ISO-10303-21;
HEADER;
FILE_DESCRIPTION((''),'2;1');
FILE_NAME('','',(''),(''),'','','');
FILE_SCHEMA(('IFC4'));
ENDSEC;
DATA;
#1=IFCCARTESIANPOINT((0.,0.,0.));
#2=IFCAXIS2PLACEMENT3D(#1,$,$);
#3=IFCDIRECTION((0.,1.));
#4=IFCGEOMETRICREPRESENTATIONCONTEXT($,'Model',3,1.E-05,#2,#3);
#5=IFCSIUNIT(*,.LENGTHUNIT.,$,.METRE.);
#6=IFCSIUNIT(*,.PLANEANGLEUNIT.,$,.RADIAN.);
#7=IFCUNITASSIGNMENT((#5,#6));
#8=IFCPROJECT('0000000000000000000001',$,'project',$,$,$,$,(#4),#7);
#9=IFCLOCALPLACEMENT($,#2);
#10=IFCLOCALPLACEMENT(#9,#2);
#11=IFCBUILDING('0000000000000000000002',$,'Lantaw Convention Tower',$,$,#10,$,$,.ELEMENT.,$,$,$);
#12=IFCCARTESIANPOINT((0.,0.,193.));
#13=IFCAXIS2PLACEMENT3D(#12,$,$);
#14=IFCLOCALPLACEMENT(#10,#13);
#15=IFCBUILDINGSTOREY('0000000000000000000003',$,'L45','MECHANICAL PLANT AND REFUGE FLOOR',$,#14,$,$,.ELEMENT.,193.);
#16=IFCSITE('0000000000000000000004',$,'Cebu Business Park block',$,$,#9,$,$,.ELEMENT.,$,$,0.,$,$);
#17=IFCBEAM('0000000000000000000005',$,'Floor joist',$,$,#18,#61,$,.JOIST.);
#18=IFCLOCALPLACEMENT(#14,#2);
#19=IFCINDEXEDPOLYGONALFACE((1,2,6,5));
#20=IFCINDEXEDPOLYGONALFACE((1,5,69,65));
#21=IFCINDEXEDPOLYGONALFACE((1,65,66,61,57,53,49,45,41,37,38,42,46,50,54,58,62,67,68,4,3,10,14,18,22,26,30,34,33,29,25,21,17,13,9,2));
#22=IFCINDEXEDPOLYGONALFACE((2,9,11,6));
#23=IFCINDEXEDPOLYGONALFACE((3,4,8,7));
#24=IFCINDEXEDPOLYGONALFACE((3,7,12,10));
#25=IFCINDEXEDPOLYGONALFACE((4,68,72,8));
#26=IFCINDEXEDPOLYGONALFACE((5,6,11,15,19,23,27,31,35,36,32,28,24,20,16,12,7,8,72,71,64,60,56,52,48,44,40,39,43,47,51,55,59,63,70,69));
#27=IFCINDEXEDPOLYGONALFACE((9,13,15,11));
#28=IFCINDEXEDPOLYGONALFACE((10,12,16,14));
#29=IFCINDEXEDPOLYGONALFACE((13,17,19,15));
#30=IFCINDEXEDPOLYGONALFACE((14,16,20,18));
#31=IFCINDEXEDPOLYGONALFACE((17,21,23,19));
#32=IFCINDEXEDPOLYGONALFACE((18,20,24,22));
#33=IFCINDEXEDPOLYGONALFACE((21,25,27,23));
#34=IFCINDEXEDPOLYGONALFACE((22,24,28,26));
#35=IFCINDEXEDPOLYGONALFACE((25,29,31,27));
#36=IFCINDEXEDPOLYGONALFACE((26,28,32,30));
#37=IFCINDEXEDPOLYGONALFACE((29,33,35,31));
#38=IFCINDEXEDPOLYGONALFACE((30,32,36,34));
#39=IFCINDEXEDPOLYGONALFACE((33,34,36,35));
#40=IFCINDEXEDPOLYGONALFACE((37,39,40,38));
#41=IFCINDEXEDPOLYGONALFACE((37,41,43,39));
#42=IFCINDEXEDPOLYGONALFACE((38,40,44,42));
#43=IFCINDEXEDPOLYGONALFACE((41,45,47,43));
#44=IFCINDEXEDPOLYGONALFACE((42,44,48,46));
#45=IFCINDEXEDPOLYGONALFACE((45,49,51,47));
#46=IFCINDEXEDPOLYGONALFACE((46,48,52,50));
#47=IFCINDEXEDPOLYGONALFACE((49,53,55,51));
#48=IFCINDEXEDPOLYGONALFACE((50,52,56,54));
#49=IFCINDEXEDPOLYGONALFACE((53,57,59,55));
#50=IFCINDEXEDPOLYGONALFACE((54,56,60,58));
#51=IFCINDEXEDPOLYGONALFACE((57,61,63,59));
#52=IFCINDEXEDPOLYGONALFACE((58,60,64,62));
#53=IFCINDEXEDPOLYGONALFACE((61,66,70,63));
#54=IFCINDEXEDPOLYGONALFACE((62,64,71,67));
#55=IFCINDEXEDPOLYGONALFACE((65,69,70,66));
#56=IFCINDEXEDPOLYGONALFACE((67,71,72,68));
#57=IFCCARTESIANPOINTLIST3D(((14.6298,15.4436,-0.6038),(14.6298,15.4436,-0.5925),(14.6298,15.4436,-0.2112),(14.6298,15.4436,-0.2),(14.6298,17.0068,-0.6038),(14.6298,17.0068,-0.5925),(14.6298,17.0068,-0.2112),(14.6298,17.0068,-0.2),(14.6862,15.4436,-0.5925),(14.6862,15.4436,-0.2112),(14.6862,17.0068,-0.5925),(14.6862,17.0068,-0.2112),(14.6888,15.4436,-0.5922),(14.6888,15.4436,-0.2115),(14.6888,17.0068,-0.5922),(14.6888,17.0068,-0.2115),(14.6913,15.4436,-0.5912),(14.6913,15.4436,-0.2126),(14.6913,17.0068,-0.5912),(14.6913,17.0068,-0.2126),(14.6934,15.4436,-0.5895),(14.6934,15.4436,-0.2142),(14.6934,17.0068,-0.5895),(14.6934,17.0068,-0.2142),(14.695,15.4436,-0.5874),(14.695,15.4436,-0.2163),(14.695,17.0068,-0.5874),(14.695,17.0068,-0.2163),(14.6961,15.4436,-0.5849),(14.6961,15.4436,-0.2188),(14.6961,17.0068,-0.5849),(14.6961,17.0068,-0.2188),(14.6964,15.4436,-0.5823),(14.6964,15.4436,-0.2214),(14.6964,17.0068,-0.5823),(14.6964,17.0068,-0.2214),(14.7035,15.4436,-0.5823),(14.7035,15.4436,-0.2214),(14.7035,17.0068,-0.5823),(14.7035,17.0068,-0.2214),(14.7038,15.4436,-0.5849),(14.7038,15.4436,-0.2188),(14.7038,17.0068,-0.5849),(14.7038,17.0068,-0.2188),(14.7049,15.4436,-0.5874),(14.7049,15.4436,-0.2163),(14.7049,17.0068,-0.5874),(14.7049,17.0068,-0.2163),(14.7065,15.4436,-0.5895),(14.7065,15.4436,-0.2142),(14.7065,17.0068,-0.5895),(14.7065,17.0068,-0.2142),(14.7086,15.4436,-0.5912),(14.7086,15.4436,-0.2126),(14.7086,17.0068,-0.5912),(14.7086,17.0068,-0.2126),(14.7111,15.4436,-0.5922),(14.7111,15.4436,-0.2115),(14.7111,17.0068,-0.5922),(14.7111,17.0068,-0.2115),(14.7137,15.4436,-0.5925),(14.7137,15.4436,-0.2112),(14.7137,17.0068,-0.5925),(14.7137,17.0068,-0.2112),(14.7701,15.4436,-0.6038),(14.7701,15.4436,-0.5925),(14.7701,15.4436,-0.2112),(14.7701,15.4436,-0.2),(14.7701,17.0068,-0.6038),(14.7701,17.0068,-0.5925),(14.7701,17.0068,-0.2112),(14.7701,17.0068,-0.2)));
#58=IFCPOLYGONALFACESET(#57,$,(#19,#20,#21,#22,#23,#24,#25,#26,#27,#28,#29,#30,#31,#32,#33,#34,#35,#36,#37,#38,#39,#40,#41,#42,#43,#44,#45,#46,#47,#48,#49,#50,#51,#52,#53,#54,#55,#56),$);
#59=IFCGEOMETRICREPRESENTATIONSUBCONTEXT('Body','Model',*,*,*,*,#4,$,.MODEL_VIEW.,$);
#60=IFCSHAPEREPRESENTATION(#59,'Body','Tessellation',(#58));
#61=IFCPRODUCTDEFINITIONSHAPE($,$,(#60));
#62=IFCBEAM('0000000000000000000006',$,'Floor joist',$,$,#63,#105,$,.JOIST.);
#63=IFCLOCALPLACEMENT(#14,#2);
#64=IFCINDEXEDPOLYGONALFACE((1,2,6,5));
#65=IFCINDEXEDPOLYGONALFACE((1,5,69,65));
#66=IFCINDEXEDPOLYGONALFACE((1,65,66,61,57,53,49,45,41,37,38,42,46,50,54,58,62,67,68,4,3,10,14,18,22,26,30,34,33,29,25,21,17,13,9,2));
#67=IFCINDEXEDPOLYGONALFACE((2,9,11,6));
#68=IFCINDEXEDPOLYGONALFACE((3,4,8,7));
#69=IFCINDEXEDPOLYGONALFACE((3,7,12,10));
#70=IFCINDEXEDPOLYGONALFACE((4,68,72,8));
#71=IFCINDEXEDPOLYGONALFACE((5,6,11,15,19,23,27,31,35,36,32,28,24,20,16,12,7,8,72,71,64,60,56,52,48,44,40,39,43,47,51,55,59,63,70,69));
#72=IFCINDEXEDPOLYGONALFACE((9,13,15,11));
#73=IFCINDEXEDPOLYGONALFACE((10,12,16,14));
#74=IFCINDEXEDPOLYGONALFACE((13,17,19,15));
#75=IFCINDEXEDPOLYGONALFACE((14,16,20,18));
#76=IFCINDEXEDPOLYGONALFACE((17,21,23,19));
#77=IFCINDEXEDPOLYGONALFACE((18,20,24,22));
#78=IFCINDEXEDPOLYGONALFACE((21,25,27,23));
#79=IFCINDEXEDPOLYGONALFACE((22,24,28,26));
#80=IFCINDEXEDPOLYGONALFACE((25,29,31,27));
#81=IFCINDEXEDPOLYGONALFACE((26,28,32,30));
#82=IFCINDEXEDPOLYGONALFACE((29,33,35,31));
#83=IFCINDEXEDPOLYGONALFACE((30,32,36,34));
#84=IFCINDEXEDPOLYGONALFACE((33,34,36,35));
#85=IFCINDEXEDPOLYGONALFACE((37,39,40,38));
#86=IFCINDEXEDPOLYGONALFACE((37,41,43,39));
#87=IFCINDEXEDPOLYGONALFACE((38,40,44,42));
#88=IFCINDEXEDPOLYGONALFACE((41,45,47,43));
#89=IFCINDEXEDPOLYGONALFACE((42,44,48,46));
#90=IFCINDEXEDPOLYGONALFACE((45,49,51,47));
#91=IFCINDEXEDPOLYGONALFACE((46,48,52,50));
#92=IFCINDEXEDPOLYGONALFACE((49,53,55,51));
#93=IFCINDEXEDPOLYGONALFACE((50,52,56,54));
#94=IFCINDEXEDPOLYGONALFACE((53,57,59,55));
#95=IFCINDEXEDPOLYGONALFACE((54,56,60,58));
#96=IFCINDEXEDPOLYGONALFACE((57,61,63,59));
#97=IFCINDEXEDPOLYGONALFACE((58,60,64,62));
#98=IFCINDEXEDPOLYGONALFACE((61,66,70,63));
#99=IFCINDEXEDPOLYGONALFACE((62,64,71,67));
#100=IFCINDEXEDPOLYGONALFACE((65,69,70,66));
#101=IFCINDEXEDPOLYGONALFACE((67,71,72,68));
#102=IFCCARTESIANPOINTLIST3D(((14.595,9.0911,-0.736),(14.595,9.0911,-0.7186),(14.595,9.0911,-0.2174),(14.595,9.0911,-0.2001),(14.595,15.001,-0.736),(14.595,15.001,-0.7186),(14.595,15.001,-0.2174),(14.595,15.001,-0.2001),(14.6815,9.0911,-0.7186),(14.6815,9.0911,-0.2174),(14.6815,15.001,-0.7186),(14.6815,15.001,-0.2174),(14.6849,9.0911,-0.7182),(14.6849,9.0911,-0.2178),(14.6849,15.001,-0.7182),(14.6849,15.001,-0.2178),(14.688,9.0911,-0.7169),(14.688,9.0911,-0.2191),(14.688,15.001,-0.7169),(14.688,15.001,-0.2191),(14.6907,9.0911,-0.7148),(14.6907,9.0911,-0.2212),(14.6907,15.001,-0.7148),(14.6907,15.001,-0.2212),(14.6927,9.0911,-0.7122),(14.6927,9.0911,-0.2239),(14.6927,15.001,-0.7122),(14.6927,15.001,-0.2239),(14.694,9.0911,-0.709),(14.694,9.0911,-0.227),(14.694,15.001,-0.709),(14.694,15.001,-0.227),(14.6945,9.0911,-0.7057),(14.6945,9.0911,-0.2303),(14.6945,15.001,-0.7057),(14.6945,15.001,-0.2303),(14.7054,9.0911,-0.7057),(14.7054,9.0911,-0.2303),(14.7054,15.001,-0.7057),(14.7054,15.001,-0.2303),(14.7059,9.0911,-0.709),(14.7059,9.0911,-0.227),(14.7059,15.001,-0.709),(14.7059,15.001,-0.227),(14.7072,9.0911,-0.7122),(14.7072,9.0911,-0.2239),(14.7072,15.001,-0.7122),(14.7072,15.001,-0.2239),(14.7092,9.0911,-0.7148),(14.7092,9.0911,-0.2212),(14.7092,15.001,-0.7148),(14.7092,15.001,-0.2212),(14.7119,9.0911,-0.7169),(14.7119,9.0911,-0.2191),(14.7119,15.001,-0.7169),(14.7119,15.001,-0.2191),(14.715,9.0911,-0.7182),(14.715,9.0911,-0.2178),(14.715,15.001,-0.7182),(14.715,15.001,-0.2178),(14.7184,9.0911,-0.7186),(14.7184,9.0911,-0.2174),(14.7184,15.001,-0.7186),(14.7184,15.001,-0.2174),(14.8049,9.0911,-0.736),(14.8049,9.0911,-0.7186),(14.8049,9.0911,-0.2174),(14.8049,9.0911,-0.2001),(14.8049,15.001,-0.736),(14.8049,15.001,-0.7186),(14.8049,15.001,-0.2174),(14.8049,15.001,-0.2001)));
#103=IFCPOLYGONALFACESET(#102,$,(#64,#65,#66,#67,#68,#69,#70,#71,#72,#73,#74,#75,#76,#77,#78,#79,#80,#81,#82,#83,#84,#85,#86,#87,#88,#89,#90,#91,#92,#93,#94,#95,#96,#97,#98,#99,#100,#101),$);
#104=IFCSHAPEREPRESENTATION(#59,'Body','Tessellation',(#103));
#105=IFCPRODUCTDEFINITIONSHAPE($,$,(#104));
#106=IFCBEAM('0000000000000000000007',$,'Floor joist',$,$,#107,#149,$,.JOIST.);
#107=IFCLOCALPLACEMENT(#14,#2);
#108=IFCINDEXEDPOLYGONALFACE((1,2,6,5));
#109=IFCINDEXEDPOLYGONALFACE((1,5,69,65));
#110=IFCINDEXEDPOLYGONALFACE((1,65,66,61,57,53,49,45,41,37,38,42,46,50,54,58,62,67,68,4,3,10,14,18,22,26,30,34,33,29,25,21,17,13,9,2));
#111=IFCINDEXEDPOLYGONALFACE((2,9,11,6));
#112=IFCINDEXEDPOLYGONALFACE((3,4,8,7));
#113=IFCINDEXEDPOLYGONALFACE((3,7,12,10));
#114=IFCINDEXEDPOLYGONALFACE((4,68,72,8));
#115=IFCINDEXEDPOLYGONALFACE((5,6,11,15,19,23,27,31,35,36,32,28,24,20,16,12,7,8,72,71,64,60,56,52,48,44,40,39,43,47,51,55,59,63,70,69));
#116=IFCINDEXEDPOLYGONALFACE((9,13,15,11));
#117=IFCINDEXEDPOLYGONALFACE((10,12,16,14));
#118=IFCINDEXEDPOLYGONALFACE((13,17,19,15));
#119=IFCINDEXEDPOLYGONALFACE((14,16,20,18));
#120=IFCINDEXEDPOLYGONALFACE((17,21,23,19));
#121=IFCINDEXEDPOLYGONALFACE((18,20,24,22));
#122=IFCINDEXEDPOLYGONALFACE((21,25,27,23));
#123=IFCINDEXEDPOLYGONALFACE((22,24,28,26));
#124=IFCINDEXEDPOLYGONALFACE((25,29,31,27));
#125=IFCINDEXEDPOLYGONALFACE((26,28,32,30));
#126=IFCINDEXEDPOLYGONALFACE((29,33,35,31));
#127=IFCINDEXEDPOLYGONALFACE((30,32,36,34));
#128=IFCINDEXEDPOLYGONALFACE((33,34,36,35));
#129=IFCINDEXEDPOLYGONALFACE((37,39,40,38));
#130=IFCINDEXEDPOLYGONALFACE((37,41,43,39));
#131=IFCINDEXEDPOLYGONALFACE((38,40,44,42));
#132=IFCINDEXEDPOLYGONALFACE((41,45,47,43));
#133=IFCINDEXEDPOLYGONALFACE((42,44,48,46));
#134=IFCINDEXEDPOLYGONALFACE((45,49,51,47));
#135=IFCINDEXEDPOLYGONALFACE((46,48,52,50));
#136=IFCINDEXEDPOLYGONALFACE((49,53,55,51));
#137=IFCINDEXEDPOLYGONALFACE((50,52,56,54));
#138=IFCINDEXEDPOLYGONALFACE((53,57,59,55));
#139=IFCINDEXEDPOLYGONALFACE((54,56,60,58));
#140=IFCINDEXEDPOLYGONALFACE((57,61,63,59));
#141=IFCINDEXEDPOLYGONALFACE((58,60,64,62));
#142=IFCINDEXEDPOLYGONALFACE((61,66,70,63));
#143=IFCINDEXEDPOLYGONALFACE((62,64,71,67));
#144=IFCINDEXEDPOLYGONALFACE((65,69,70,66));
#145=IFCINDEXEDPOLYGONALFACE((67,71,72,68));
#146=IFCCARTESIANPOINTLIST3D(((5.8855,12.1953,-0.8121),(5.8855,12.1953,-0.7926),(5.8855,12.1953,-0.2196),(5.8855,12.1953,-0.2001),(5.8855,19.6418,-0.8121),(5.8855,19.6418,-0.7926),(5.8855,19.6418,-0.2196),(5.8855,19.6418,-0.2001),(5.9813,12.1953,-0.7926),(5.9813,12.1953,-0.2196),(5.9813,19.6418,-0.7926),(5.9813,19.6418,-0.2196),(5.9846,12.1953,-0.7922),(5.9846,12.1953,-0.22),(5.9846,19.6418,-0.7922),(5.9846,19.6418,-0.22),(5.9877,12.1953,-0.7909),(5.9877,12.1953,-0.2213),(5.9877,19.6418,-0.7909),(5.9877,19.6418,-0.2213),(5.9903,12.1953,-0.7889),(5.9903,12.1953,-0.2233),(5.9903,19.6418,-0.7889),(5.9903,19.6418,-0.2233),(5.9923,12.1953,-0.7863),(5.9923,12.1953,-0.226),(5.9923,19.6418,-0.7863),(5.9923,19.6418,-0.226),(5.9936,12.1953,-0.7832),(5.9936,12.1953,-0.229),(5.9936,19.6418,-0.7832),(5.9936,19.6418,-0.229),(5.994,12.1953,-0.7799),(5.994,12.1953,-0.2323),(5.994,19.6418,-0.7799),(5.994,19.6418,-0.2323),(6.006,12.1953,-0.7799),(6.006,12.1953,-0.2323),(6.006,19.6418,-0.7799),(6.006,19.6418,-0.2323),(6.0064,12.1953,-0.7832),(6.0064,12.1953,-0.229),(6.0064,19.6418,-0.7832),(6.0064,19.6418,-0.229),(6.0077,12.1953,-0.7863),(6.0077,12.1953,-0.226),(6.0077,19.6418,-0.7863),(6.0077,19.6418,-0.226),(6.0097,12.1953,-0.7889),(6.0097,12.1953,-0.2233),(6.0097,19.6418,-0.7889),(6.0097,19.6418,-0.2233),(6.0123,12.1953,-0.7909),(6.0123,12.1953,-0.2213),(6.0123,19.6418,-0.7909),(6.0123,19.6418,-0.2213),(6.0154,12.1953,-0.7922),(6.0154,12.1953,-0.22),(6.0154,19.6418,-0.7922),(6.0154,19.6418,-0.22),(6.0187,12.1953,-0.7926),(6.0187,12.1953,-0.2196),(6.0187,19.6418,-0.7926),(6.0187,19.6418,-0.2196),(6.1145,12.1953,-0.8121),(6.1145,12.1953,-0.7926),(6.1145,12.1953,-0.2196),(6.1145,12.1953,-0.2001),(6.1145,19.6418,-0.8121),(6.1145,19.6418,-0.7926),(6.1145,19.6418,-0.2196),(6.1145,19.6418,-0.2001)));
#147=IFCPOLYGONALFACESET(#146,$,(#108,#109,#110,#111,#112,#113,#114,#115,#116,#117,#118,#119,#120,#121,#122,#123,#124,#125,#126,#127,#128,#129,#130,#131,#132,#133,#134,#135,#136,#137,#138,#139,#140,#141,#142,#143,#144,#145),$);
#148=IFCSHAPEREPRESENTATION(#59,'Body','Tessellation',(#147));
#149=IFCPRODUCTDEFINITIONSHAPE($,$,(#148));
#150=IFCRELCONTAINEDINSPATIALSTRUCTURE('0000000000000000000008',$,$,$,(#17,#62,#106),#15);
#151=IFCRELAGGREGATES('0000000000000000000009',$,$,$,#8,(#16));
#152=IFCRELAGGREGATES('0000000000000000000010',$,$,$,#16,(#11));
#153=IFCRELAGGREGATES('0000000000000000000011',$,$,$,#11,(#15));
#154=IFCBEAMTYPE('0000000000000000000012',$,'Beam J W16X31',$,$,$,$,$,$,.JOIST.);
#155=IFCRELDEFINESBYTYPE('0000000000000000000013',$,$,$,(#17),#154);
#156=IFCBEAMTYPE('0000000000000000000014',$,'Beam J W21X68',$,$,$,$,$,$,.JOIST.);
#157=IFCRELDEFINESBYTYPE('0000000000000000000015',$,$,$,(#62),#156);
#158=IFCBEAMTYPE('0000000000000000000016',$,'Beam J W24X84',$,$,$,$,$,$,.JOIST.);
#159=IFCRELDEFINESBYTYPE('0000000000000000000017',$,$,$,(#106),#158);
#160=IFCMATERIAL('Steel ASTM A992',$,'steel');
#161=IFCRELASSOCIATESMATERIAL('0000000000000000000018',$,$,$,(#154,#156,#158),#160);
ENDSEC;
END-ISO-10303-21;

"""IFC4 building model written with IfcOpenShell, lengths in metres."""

from ifc_helpers import new_model, si_unit, direction, frame, origin, origin_2d, place, context, subcontext, project, spatial, i_section, extrude, material, material_profile, profile_set, type_object, element, save


model = new_model("IFC4")

# Units and contexts
model_context = context("Model", 3, precision=1e-05, world=origin(), true_north=direction((0.0, 1.0)))
body_context = subcontext(model_context, "Body", "Model", "MODEL_VIEW")
ifc_project = project(units=[si_unit("LENGTHUNIT", "METRE"), si_unit("PLANEANGLEUNIT", "RADIAN")], contexts=[model_context])

# Site, building, storey
site_placement = place(None, origin())
site = spatial("IfcSite", under=ifc_project, at=site_placement, Name="Cebu Business Park block", CompositionType="ELEMENT", RefElevation=0.0)
building_placement = place(site_placement, origin())
building = spatial("IfcBuilding", under=site, at=building_placement, Name="Lantaw Convention Tower", CompositionType="ELEMENT")
storey_placement = place(building_placement, frame((0.0, 0.0, 193.0)))
storey = spatial("IfcBuildingStorey", under=building, at=storey_placement, Name="L45", Description="MECHANICAL PLANT AND REFUGE FLOOR", CompositionType="ELEMENT", Elevation=193.0)

# Beams
ifc_material_1 = material(Name="Steel ASTM A992", Category="steel")
ifc_material_profile_1 = material_profile(ifc_material_1, i_section(OverallWidth=0.1404, OverallDepth=0.4038, WebThickness=0.0071, FlangeThickness=0.0112, FilletRadius=0.0103, at=origin_2d()), Name="W16X31")
ifc_profile_set_1 = profile_set([ifc_material_profile_1], Name="Steel ASTM A992")
beam_type_1 = type_object("IfcBeamType", Name="Beam J W16X31", PredefinedType="JOIST", material=ifc_profile_set_1)
beam_1_placement = place(storey_placement, frame((14.7, 15.4436, -0.4019), z_axis=(0.0, 1.0, 0.0), x_axis=(-1.0, 0.0, 0.0)))
element("IfcBeam", 1, at=beam_1_placement, inside=storey, type_object=beam_type_1, Name="Floor joist", PredefinedType="JOIST", context=body_context, shape_type="SweptSolid", body=[
    extrude(i_section(OverallWidth=0.1404, OverallDepth=0.4038, WebThickness=0.0071, FlangeThickness=0.0112, FilletRadius=0.0103, at=origin_2d()), origin(), (0.0, 0.0, 1.0), 1.5632),
])
ifc_material_profile_2 = material_profile(ifc_material_1, i_section(OverallWidth=0.21, OverallDepth=0.5359, WebThickness=0.011, FlangeThickness=0.0173, FilletRadius=0.0129, at=origin_2d()), Name="W21X68")
ifc_profile_set_2 = profile_set([ifc_material_profile_2], Name="Steel ASTM A992")
beam_type_2 = type_object("IfcBeamType", Name="Beam J W21X68", PredefinedType="JOIST", material=ifc_profile_set_2)
beam_2_placement = place(storey_placement, frame((14.7, 9.0911, -0.468), z_axis=(0.0, 1.0, 0.0), x_axis=(-1.0, 0.0, 0.0)))
element("IfcBeam", 2, at=beam_2_placement, inside=storey, type_object=beam_type_2, Name="Floor joist", PredefinedType="JOIST", context=body_context, shape_type="SweptSolid", body=[
    extrude(i_section(OverallWidth=0.21, OverallDepth=0.5359, WebThickness=0.011, FlangeThickness=0.0173, FilletRadius=0.0129, at=origin_2d()), origin(), (0.0, 0.0, 1.0), 5.9099),
])
ifc_material_profile_3 = material_profile(ifc_material_1, i_section(OverallWidth=0.229, OverallDepth=0.6121, WebThickness=0.012, FlangeThickness=0.0195, FilletRadius=0.0127, at=origin_2d()), Name="W24X84")
ifc_profile_set_3 = profile_set([ifc_material_profile_3], Name="Steel ASTM A992")
beam_type_3 = type_object("IfcBeamType", Name="Beam J W24X84", PredefinedType="JOIST", material=ifc_profile_set_3)
beam_3_placement = place(storey_placement, frame((6.0, 12.1953, -0.5061), z_axis=(0.0, 1.0, 0.0), x_axis=(-1.0, 0.0, 0.0)))
element("IfcBeam", 3, at=beam_3_placement, inside=storey, type_object=beam_type_3, Name="Floor joist", PredefinedType="JOIST", context=body_context, shape_type="SweptSolid", body=[
    extrude(i_section(OverallWidth=0.229, OverallDepth=0.6121, WebThickness=0.012, FlangeThickness=0.0195, FilletRadius=0.0127, at=origin_2d()), origin(), (0.0, 0.0, 1.0), 7.4465),
])

save(model, "model.ifc")
